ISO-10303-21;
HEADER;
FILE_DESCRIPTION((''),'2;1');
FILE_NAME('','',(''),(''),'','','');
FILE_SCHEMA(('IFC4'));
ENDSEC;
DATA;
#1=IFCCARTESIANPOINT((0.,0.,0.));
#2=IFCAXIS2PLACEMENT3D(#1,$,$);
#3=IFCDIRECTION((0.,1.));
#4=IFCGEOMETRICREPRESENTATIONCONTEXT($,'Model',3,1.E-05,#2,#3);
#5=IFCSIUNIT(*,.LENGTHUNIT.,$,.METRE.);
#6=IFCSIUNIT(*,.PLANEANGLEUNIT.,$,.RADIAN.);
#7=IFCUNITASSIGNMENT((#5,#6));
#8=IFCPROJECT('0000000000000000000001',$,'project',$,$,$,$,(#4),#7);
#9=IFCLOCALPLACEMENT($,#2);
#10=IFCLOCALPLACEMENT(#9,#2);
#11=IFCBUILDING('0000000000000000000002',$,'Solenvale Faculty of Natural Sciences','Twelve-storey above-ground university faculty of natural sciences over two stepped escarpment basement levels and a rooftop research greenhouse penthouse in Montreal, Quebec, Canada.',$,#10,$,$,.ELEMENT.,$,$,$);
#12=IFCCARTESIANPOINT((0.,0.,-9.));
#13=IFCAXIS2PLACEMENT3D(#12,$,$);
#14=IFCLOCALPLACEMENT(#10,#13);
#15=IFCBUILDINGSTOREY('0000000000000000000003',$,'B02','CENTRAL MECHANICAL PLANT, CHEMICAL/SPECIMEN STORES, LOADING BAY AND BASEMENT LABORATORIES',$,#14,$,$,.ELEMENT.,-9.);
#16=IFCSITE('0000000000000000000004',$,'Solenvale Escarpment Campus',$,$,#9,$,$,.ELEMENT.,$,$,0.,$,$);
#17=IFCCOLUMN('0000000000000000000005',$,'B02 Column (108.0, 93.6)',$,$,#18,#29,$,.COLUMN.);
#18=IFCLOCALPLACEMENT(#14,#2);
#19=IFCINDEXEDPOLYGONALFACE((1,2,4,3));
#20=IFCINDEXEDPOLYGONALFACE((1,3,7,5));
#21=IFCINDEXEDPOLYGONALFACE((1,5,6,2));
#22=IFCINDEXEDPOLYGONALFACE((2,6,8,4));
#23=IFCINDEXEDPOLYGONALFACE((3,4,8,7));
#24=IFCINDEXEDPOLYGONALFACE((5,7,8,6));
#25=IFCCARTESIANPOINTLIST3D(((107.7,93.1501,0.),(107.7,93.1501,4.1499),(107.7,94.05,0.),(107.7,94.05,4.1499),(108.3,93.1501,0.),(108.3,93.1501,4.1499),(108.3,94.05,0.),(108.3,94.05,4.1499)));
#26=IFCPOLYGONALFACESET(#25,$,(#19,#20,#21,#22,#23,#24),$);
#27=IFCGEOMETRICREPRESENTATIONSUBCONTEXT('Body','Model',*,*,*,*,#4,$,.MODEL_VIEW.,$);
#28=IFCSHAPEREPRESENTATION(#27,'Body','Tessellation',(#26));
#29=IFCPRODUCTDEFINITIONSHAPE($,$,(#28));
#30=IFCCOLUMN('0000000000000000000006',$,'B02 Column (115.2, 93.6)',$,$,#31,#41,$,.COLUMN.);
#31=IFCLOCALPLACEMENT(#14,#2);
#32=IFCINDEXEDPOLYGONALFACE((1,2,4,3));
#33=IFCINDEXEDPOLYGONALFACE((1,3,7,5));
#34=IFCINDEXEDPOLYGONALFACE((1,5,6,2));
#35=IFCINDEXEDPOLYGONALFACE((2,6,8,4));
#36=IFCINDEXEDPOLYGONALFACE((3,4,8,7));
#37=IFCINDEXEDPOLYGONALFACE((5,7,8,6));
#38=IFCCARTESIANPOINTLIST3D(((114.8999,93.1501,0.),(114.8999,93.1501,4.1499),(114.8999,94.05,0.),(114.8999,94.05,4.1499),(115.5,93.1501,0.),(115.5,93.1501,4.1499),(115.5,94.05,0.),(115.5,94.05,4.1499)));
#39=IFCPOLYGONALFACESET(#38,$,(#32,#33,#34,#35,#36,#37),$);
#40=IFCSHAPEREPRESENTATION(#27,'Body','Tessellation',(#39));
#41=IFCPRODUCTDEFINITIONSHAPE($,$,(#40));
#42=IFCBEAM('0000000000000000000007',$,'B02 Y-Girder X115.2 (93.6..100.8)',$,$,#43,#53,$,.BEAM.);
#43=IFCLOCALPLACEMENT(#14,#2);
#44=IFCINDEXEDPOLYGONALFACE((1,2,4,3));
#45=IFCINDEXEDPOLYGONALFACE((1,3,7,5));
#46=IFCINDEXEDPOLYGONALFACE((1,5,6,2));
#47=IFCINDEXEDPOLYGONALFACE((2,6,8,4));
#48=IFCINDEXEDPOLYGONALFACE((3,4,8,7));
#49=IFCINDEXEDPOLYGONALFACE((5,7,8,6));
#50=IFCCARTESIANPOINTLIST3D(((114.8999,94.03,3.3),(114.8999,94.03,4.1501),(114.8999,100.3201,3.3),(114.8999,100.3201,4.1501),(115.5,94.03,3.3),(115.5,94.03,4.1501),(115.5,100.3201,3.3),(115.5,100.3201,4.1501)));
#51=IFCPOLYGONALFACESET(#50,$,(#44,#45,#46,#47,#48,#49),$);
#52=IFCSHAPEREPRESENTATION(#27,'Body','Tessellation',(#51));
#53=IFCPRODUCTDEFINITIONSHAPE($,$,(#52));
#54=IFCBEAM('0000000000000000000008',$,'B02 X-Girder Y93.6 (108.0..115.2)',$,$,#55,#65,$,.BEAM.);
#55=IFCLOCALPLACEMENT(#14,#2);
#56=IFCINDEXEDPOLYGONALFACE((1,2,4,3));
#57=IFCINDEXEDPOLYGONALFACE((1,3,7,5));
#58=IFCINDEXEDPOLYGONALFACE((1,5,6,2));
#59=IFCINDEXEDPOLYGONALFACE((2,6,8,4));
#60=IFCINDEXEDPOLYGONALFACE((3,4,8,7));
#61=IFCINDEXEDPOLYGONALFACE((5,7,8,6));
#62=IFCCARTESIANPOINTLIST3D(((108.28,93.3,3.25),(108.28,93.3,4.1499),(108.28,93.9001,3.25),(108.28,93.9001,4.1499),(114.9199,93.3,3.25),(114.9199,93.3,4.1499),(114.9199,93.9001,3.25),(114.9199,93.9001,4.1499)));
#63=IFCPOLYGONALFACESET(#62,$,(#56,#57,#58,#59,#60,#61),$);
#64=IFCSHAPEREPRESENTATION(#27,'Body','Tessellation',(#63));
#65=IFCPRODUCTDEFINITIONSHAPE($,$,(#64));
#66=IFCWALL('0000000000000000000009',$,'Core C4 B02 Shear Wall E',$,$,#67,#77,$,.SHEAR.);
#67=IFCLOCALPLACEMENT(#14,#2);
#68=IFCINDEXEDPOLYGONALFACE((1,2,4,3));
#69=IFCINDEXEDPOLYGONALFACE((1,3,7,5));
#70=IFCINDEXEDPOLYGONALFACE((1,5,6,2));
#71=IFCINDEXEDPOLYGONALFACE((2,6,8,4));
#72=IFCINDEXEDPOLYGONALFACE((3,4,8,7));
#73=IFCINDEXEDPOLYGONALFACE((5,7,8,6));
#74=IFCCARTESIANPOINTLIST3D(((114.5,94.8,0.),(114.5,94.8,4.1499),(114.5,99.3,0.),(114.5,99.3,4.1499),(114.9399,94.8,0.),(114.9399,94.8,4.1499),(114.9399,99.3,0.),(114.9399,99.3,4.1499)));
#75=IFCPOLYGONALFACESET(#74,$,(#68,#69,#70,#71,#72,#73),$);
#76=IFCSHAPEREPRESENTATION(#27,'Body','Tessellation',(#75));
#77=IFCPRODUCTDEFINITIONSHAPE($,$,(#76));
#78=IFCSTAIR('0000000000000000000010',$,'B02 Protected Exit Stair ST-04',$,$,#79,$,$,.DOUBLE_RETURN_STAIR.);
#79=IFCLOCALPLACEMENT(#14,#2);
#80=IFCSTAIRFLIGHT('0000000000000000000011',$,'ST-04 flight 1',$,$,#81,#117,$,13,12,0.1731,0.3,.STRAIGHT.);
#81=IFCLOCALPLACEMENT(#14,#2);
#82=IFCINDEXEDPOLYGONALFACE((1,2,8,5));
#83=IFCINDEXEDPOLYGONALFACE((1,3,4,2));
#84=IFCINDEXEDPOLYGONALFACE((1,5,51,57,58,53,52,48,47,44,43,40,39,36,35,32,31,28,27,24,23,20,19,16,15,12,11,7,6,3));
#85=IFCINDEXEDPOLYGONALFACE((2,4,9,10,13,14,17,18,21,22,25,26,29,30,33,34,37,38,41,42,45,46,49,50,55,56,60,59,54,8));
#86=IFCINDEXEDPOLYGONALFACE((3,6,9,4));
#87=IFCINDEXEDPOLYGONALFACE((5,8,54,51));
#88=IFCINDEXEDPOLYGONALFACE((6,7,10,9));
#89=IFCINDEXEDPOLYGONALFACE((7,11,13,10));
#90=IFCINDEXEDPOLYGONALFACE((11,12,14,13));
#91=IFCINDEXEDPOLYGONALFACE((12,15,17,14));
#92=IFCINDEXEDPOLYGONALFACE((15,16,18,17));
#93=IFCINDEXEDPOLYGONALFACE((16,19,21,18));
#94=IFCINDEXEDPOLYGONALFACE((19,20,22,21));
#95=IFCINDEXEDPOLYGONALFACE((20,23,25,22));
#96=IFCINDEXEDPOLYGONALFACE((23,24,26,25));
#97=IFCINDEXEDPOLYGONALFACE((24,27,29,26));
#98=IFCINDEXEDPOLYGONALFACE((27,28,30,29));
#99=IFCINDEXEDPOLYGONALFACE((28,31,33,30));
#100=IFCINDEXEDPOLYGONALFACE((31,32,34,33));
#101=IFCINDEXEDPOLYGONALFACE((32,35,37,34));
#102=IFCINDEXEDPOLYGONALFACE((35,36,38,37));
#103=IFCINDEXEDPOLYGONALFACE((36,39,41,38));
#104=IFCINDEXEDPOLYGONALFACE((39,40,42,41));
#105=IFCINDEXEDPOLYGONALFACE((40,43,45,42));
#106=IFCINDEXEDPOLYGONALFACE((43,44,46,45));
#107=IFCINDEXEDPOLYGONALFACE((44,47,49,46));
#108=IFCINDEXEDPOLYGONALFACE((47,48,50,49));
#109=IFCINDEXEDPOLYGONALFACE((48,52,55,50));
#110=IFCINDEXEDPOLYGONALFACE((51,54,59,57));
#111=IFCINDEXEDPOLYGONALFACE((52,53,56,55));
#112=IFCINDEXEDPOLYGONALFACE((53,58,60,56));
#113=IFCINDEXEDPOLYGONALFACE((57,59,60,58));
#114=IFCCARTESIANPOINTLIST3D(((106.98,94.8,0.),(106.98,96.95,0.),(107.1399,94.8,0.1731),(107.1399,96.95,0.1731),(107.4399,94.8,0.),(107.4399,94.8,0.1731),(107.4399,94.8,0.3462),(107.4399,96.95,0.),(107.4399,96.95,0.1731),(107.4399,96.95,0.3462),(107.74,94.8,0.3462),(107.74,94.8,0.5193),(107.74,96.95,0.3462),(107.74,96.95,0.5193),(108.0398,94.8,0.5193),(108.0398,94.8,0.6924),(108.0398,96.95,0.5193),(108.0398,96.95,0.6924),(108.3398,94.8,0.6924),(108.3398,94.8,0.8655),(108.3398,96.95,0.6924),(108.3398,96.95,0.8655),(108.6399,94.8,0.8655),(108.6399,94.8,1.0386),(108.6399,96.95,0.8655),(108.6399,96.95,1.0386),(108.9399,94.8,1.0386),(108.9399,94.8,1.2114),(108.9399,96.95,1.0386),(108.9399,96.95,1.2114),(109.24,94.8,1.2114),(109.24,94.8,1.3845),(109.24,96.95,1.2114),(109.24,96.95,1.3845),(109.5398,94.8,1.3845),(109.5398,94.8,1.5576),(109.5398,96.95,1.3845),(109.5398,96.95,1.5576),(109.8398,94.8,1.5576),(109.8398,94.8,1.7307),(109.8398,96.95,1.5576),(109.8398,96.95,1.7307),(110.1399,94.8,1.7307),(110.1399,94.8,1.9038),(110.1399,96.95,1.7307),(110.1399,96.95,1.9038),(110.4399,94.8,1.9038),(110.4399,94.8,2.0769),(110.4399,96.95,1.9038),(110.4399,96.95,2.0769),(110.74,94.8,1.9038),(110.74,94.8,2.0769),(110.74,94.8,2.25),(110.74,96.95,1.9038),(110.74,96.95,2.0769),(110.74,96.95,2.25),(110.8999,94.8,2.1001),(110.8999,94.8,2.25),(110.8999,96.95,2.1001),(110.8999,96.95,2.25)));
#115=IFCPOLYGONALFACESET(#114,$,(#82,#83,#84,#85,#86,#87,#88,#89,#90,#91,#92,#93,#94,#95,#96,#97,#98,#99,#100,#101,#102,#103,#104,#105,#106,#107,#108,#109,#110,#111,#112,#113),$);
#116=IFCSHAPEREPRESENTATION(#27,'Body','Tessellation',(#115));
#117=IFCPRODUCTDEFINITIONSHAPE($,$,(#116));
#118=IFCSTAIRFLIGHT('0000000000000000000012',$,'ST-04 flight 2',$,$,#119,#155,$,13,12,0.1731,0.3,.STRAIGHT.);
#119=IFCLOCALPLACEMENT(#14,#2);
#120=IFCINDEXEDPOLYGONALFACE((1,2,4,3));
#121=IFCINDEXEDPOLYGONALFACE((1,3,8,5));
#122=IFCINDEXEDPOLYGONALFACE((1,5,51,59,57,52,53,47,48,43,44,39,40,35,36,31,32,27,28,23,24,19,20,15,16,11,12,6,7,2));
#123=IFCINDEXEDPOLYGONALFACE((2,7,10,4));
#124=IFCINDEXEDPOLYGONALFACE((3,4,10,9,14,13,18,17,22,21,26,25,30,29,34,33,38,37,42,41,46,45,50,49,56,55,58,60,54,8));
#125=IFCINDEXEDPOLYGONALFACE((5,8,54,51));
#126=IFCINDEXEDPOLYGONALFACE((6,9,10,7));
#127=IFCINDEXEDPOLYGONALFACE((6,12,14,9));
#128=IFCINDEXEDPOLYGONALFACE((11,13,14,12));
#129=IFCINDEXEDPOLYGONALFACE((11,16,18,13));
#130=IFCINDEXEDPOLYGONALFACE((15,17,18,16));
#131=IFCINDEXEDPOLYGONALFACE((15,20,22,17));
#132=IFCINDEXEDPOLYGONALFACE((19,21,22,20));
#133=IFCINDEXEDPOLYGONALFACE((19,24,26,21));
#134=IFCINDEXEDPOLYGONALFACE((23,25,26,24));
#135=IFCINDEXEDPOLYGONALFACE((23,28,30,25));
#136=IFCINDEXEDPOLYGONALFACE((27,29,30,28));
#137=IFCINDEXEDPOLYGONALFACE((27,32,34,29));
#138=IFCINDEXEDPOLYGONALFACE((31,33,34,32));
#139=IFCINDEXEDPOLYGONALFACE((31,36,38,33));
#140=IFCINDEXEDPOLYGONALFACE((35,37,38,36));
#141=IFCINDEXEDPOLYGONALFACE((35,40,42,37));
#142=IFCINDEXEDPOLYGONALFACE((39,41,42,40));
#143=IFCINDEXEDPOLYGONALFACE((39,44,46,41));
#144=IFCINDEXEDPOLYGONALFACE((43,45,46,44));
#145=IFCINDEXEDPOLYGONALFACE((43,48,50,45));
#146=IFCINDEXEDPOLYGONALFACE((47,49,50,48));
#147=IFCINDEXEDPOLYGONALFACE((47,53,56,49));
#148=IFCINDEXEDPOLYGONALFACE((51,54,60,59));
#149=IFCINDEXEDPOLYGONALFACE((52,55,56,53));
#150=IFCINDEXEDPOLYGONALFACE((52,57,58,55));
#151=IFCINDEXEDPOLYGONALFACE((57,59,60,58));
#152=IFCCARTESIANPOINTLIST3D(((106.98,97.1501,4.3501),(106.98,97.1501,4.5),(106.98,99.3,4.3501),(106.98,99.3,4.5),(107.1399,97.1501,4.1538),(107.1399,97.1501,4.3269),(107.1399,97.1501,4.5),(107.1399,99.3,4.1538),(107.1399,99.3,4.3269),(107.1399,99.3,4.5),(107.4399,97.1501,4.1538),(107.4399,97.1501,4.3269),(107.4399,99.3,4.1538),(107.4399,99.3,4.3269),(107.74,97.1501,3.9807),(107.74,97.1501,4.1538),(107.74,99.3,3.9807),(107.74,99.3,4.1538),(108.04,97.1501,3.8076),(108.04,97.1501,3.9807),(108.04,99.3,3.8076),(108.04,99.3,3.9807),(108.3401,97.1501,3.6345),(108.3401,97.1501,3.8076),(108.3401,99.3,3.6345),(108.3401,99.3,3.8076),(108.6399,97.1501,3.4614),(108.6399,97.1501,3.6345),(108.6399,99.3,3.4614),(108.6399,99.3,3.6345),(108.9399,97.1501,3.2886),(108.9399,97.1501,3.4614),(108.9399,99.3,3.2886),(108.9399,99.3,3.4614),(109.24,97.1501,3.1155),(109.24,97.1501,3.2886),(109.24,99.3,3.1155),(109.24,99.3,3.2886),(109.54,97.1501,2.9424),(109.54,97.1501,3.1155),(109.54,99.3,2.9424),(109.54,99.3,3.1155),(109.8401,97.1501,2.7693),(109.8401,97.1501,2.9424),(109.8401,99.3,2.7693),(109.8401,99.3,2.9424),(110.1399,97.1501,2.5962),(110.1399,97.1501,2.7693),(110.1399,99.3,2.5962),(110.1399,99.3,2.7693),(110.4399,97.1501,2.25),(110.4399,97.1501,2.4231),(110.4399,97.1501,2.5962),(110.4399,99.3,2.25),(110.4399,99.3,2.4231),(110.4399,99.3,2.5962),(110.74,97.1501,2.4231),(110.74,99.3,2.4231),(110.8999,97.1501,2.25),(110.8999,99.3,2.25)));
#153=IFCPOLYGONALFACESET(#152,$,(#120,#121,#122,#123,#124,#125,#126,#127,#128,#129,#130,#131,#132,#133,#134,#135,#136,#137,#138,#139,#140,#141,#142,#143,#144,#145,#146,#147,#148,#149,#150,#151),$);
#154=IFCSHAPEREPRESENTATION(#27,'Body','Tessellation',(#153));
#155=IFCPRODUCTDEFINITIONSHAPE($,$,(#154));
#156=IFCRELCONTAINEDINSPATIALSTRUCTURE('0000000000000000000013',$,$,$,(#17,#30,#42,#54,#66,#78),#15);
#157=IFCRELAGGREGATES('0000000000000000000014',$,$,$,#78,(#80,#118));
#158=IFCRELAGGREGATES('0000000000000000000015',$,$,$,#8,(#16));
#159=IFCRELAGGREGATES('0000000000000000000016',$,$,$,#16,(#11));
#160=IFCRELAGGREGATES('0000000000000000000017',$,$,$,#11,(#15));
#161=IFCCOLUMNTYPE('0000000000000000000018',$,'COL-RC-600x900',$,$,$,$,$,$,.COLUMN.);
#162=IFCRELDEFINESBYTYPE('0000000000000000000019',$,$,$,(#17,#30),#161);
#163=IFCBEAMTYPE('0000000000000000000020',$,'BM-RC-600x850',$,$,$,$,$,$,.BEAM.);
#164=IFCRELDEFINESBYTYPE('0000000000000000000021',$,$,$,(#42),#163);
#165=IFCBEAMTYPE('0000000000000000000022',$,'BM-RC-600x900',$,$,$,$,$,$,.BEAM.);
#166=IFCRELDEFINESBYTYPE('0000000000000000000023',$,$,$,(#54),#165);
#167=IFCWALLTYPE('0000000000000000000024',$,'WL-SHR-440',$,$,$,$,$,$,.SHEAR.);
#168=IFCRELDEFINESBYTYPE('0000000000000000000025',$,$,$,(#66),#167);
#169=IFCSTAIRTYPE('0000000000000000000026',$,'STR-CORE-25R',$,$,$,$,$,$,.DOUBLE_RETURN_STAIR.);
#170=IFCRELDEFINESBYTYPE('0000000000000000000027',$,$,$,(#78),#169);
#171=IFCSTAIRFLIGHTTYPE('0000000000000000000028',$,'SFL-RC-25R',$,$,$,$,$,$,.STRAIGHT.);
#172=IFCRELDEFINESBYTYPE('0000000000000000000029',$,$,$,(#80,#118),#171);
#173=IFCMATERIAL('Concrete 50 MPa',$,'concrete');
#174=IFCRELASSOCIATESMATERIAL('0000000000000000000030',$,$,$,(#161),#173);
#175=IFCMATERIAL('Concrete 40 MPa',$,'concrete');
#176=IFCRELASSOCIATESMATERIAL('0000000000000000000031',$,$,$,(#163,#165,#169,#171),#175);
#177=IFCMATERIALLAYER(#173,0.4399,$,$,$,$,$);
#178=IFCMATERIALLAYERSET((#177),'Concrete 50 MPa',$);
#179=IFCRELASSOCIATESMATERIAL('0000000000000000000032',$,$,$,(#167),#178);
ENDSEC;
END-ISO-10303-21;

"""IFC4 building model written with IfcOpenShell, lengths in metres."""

from ifc_helpers import new_model, si_unit, direction, frame, frame_2d, origin, origin_2d, place, context, subcontext, project, spatial, polyline, rectangle, outline, extrude, material, layer, layer_set, material_profile, profile_set, type_object, element, aggregate, save


model = new_model("IFC4")

# Units and contexts
model_context = context("Model", 3, precision=1e-05, world=origin(), true_north=direction((0.0, 1.0)))
body_context = subcontext(model_context, "Body", "Model", "MODEL_VIEW")
ifc_project = project(units=[si_unit("LENGTHUNIT", "METRE"), si_unit("PLANEANGLEUNIT", "RADIAN")], contexts=[model_context])

# Site, building, storey
site_placement = place(None, origin())
site = spatial("IfcSite", under=ifc_project, at=site_placement, Name="Solenvale Escarpment Campus", CompositionType="ELEMENT", RefElevation=0.0)
building_placement = place(site_placement, origin())
building = spatial("IfcBuilding", under=site, at=building_placement, Name="Solenvale Faculty of Natural Sciences", Description="Twelve-storey above-ground university faculty of natural sciences over two stepped escarpment basement levels and a rooftop research greenhouse penthouse in Montreal, Quebec, Canada.", CompositionType="ELEMENT")
storey_placement = place(building_placement, frame((0.0, 0.0, -9.0)))
storey = spatial("IfcBuildingStorey", under=building, at=storey_placement, Name="B02", Description="CENTRAL MECHANICAL PLANT, CHEMICAL/SPECIMEN STORES, LOADING BAY AND BASEMENT LABORATORIES", CompositionType="ELEMENT", Elevation=-9.0)

# Shared definitions
ifc_material_1 = material(Name="Concrete 40 MPa", Category="concrete")

# Columns
ifc_material_2 = material(Name="Concrete 50 MPa", Category="concrete")
ifc_material_profile_1 = material_profile(ifc_material_2, rectangle(XDim=0.6001, YDim=0.8999, at=origin_2d()), Name="RC-COL-600x900")
ifc_profile_set_1 = profile_set([ifc_material_profile_1], Name="Concrete 50 MPa")
column_type_1 = type_object("IfcColumnType", Name="COL-RC-600x900", PredefinedType="COLUMN", material=ifc_profile_set_1)
for number, where, z_axis, x_axis, name in (
    (1, (108.0, 93.6001, 0.0), (0.0, 0.0, 1.0), (1.0, 0.0, 0.0), "B02 Column (108.0, 93.6)"),
    (2, (115.2, 93.6001, 0.0), (0.0, 0.0, 1.0), (1.0, 0.0, 0.0), "B02 Column (115.2, 93.6)"),
):
    element("IfcColumn", number, at=place(storey_placement, frame(where, z_axis=z_axis, x_axis=x_axis)), inside=storey, type_object=column_type_1, Name=name, PredefinedType="COLUMN", context=body_context, shape_type="SweptSolid", body=[
        extrude(rectangle(XDim=0.6001, YDim=0.8999, at=origin_2d()), origin(), (0.0, 0.0, 1.0), 4.1499),
    ])

# Beams
ifc_material_profile_2 = material_profile(ifc_material_1, rectangle(XDim=0.6001, YDim=0.8501, at=origin_2d()), Name="RC-BM-600x850")
ifc_profile_set_2 = profile_set([ifc_material_profile_2], Name="Concrete 40 MPa")
beam_type_1 = type_object("IfcBeamType", Name="BM-RC-600x850", PredefinedType="BEAM", material=ifc_profile_set_2)
beam_1_placement = place(storey_placement, frame((115.2, 94.03, 3.7251), z_axis=(0.0, 1.0, 0.0), x_axis=(-1.0, 0.0, 0.0)))
element("IfcBeam", 3, at=beam_1_placement, inside=storey, type_object=beam_type_1, Name="B02 Y-Girder X115.2 (93.6..100.8)", PredefinedType="BEAM", context=body_context, shape_type="SweptSolid", body=[
    extrude(rectangle(XDim=0.6001, YDim=0.8501, at=origin_2d()), origin(), (0.0, 0.0, 1.0), 6.29),
])
ifc_material_profile_3 = material_profile(ifc_material_1, rectangle(XDim=0.6001, YDim=0.8999, at=origin_2d()), Name="RC-BM-600x900")
ifc_profile_set_3 = profile_set([ifc_material_profile_3], Name="Concrete 40 MPa")
beam_type_2 = type_object("IfcBeamType", Name="BM-RC-600x900", PredefinedType="BEAM", material=ifc_profile_set_3)
beam_2_placement = place(storey_placement, frame((108.28, 93.6001, 3.7), z_axis=(1.0, 0.0, 0.0), x_axis=(0.0, 1.0, 0.0)))
element("IfcBeam", 4, at=beam_2_placement, inside=storey, type_object=beam_type_2, Name="B02 X-Girder Y93.6 (108.0..115.2)", PredefinedType="BEAM", context=body_context, shape_type="SweptSolid", body=[
    extrude(rectangle(XDim=0.6001, YDim=0.8999, at=origin_2d()), origin(), (0.0, 0.0, 1.0), 6.6399),
])

# Wall
ifc_layer = layer(ifc_material_2, 0.4399)
ifc_layer_set = layer_set([ifc_layer], Name="Concrete 50 MPa")
wall_type = type_object("IfcWallType", Name="WL-SHR-440", PredefinedType="SHEAR", material=ifc_layer_set)
wall_placement = place(storey_placement, frame((114.72, 94.8, 0.0), z_axis=(0.0, 0.0, 1.0), x_axis=(0.0, 1.0, 0.0)))
element("IfcWall", 5, at=wall_placement, inside=storey, type_object=wall_type, Name="Core C4 B02 Shear Wall E", PredefinedType="SHEAR", context=body_context, shape_type="SweptSolid", body=[
    extrude(rectangle(XDim=4.5, YDim=0.4399, at=frame_2d((2.25, 0.0))), origin(), (0.0, 0.0, 1.0), 4.1499),
])

# Stair, stair flights
stair_type = type_object("IfcStairType", Name="STR-CORE-25R", PredefinedType="DOUBLE_RETURN_STAIR", material=ifc_material_1)
stair_placement = place(storey_placement, origin())
stair = element("IfcStair", 6, at=stair_placement, inside=storey, type_object=stair_type, Name="B02 Protected Exit Stair ST-04", PredefinedType="DOUBLE_RETURN_STAIR")
stair_flight_type = type_object("IfcStairFlightType", Name="SFL-RC-25R", PredefinedType="STRAIGHT", material=ifc_material_1)
stair_flight_1_placement = place(storey_placement, frame((107.1399, 95.875, 0.0), z_axis=(0.0, 0.0, 1.0), x_axis=(1.0, 0.0, 0.0)))
stair_flight_1 = element("IfcStairFlight", 7, at=stair_flight_1_placement, type_object=stair_flight_type, Name="ST-04 flight 1", NumberOfRisers=13, NumberOfTreads=12, PredefinedType="STRAIGHT", RiserHeight=0.1731, TreadLength=0.3, context=body_context, shape_type="SweptSolid", body=[
    extrude(outline(polyline([(-0.1599, 0.0), (0.0, 0.1731), (0.3, 0.1731), (0.3, 0.3462), (0.6001, 0.3462), (0.6001, 0.5193), (0.8999, 0.5193), (0.8999, 0.6924), (1.2, 0.6924), (1.2, 0.8655), (1.5, 0.8655), (1.5, 1.0386), (1.8, 1.0386), (1.8, 1.2114), (2.1001, 1.2114), (2.1001, 1.3845), (2.3999, 1.3845), (2.3999, 1.5576), (2.7, 1.5576), (2.7, 1.7307), (3.0, 1.7307), (3.0, 1.9038), (3.3, 1.9038), (3.3, 2.0769), (3.6001, 2.0769), (3.6001, 2.25), (3.76, 2.25), (3.76, 2.1001), (3.6001, 1.9038), (0.3, 0.0), (-0.1599, 0.0)])), frame((0.0, 1.075, 0.0), z_axis=(0.0, -1.0, 0.0), x_axis=(1.0, 0.0, 0.0)), (0.0, 0.0, 1.0), 2.1499),
])
stair_flight_2_placement = place(storey_placement, frame((110.74, 98.2251, 2.25), z_axis=(0.0, 0.0, 1.0), x_axis=(-1.0, 0.0, 0.0)))
stair_flight_2 = element("IfcStairFlight", 8, at=stair_flight_2_placement, type_object=stair_flight_type, Name="ST-04 flight 2", NumberOfRisers=13, NumberOfTreads=12, PredefinedType="STRAIGHT", RiserHeight=0.1731, TreadLength=0.3, context=body_context, shape_type="SweptSolid", body=[
    extrude(outline(polyline([(-0.1599, 0.0), (0.0, 0.1731), (0.3, 0.1731), (0.3, 0.3462), (0.6001, 0.3462), (0.6001, 0.5193), (0.8999, 0.5193), (0.8999, 0.6924), (1.2, 0.6924), (1.2, 0.8655), (1.5, 0.8655), (1.5, 1.0386), (1.8, 1.0386), (1.8, 1.2114), (2.1001, 1.2114), (2.1001, 1.3845), (2.3999, 1.3845), (2.3999, 1.5576), (2.7, 1.5576), (2.7, 1.7307), (3.0, 1.7307), (3.0, 1.9038), (3.3, 1.9038), (3.3, 2.0769), (3.6001, 2.0769), (3.6001, 2.25), (3.76, 2.25), (3.76, 2.1001), (3.6001, 1.9038), (0.3, 0.0), (-0.1599, 0.0)])), frame((0.0, 1.075, 0.0), z_axis=(0.0, -1.0, 0.0), x_axis=(1.0, 0.0, 0.0)), (0.0, 0.0, 1.0), 2.1499),
])
aggregate(stair, [stair_flight_1, stair_flight_2])

save(model, "model.ifc")
